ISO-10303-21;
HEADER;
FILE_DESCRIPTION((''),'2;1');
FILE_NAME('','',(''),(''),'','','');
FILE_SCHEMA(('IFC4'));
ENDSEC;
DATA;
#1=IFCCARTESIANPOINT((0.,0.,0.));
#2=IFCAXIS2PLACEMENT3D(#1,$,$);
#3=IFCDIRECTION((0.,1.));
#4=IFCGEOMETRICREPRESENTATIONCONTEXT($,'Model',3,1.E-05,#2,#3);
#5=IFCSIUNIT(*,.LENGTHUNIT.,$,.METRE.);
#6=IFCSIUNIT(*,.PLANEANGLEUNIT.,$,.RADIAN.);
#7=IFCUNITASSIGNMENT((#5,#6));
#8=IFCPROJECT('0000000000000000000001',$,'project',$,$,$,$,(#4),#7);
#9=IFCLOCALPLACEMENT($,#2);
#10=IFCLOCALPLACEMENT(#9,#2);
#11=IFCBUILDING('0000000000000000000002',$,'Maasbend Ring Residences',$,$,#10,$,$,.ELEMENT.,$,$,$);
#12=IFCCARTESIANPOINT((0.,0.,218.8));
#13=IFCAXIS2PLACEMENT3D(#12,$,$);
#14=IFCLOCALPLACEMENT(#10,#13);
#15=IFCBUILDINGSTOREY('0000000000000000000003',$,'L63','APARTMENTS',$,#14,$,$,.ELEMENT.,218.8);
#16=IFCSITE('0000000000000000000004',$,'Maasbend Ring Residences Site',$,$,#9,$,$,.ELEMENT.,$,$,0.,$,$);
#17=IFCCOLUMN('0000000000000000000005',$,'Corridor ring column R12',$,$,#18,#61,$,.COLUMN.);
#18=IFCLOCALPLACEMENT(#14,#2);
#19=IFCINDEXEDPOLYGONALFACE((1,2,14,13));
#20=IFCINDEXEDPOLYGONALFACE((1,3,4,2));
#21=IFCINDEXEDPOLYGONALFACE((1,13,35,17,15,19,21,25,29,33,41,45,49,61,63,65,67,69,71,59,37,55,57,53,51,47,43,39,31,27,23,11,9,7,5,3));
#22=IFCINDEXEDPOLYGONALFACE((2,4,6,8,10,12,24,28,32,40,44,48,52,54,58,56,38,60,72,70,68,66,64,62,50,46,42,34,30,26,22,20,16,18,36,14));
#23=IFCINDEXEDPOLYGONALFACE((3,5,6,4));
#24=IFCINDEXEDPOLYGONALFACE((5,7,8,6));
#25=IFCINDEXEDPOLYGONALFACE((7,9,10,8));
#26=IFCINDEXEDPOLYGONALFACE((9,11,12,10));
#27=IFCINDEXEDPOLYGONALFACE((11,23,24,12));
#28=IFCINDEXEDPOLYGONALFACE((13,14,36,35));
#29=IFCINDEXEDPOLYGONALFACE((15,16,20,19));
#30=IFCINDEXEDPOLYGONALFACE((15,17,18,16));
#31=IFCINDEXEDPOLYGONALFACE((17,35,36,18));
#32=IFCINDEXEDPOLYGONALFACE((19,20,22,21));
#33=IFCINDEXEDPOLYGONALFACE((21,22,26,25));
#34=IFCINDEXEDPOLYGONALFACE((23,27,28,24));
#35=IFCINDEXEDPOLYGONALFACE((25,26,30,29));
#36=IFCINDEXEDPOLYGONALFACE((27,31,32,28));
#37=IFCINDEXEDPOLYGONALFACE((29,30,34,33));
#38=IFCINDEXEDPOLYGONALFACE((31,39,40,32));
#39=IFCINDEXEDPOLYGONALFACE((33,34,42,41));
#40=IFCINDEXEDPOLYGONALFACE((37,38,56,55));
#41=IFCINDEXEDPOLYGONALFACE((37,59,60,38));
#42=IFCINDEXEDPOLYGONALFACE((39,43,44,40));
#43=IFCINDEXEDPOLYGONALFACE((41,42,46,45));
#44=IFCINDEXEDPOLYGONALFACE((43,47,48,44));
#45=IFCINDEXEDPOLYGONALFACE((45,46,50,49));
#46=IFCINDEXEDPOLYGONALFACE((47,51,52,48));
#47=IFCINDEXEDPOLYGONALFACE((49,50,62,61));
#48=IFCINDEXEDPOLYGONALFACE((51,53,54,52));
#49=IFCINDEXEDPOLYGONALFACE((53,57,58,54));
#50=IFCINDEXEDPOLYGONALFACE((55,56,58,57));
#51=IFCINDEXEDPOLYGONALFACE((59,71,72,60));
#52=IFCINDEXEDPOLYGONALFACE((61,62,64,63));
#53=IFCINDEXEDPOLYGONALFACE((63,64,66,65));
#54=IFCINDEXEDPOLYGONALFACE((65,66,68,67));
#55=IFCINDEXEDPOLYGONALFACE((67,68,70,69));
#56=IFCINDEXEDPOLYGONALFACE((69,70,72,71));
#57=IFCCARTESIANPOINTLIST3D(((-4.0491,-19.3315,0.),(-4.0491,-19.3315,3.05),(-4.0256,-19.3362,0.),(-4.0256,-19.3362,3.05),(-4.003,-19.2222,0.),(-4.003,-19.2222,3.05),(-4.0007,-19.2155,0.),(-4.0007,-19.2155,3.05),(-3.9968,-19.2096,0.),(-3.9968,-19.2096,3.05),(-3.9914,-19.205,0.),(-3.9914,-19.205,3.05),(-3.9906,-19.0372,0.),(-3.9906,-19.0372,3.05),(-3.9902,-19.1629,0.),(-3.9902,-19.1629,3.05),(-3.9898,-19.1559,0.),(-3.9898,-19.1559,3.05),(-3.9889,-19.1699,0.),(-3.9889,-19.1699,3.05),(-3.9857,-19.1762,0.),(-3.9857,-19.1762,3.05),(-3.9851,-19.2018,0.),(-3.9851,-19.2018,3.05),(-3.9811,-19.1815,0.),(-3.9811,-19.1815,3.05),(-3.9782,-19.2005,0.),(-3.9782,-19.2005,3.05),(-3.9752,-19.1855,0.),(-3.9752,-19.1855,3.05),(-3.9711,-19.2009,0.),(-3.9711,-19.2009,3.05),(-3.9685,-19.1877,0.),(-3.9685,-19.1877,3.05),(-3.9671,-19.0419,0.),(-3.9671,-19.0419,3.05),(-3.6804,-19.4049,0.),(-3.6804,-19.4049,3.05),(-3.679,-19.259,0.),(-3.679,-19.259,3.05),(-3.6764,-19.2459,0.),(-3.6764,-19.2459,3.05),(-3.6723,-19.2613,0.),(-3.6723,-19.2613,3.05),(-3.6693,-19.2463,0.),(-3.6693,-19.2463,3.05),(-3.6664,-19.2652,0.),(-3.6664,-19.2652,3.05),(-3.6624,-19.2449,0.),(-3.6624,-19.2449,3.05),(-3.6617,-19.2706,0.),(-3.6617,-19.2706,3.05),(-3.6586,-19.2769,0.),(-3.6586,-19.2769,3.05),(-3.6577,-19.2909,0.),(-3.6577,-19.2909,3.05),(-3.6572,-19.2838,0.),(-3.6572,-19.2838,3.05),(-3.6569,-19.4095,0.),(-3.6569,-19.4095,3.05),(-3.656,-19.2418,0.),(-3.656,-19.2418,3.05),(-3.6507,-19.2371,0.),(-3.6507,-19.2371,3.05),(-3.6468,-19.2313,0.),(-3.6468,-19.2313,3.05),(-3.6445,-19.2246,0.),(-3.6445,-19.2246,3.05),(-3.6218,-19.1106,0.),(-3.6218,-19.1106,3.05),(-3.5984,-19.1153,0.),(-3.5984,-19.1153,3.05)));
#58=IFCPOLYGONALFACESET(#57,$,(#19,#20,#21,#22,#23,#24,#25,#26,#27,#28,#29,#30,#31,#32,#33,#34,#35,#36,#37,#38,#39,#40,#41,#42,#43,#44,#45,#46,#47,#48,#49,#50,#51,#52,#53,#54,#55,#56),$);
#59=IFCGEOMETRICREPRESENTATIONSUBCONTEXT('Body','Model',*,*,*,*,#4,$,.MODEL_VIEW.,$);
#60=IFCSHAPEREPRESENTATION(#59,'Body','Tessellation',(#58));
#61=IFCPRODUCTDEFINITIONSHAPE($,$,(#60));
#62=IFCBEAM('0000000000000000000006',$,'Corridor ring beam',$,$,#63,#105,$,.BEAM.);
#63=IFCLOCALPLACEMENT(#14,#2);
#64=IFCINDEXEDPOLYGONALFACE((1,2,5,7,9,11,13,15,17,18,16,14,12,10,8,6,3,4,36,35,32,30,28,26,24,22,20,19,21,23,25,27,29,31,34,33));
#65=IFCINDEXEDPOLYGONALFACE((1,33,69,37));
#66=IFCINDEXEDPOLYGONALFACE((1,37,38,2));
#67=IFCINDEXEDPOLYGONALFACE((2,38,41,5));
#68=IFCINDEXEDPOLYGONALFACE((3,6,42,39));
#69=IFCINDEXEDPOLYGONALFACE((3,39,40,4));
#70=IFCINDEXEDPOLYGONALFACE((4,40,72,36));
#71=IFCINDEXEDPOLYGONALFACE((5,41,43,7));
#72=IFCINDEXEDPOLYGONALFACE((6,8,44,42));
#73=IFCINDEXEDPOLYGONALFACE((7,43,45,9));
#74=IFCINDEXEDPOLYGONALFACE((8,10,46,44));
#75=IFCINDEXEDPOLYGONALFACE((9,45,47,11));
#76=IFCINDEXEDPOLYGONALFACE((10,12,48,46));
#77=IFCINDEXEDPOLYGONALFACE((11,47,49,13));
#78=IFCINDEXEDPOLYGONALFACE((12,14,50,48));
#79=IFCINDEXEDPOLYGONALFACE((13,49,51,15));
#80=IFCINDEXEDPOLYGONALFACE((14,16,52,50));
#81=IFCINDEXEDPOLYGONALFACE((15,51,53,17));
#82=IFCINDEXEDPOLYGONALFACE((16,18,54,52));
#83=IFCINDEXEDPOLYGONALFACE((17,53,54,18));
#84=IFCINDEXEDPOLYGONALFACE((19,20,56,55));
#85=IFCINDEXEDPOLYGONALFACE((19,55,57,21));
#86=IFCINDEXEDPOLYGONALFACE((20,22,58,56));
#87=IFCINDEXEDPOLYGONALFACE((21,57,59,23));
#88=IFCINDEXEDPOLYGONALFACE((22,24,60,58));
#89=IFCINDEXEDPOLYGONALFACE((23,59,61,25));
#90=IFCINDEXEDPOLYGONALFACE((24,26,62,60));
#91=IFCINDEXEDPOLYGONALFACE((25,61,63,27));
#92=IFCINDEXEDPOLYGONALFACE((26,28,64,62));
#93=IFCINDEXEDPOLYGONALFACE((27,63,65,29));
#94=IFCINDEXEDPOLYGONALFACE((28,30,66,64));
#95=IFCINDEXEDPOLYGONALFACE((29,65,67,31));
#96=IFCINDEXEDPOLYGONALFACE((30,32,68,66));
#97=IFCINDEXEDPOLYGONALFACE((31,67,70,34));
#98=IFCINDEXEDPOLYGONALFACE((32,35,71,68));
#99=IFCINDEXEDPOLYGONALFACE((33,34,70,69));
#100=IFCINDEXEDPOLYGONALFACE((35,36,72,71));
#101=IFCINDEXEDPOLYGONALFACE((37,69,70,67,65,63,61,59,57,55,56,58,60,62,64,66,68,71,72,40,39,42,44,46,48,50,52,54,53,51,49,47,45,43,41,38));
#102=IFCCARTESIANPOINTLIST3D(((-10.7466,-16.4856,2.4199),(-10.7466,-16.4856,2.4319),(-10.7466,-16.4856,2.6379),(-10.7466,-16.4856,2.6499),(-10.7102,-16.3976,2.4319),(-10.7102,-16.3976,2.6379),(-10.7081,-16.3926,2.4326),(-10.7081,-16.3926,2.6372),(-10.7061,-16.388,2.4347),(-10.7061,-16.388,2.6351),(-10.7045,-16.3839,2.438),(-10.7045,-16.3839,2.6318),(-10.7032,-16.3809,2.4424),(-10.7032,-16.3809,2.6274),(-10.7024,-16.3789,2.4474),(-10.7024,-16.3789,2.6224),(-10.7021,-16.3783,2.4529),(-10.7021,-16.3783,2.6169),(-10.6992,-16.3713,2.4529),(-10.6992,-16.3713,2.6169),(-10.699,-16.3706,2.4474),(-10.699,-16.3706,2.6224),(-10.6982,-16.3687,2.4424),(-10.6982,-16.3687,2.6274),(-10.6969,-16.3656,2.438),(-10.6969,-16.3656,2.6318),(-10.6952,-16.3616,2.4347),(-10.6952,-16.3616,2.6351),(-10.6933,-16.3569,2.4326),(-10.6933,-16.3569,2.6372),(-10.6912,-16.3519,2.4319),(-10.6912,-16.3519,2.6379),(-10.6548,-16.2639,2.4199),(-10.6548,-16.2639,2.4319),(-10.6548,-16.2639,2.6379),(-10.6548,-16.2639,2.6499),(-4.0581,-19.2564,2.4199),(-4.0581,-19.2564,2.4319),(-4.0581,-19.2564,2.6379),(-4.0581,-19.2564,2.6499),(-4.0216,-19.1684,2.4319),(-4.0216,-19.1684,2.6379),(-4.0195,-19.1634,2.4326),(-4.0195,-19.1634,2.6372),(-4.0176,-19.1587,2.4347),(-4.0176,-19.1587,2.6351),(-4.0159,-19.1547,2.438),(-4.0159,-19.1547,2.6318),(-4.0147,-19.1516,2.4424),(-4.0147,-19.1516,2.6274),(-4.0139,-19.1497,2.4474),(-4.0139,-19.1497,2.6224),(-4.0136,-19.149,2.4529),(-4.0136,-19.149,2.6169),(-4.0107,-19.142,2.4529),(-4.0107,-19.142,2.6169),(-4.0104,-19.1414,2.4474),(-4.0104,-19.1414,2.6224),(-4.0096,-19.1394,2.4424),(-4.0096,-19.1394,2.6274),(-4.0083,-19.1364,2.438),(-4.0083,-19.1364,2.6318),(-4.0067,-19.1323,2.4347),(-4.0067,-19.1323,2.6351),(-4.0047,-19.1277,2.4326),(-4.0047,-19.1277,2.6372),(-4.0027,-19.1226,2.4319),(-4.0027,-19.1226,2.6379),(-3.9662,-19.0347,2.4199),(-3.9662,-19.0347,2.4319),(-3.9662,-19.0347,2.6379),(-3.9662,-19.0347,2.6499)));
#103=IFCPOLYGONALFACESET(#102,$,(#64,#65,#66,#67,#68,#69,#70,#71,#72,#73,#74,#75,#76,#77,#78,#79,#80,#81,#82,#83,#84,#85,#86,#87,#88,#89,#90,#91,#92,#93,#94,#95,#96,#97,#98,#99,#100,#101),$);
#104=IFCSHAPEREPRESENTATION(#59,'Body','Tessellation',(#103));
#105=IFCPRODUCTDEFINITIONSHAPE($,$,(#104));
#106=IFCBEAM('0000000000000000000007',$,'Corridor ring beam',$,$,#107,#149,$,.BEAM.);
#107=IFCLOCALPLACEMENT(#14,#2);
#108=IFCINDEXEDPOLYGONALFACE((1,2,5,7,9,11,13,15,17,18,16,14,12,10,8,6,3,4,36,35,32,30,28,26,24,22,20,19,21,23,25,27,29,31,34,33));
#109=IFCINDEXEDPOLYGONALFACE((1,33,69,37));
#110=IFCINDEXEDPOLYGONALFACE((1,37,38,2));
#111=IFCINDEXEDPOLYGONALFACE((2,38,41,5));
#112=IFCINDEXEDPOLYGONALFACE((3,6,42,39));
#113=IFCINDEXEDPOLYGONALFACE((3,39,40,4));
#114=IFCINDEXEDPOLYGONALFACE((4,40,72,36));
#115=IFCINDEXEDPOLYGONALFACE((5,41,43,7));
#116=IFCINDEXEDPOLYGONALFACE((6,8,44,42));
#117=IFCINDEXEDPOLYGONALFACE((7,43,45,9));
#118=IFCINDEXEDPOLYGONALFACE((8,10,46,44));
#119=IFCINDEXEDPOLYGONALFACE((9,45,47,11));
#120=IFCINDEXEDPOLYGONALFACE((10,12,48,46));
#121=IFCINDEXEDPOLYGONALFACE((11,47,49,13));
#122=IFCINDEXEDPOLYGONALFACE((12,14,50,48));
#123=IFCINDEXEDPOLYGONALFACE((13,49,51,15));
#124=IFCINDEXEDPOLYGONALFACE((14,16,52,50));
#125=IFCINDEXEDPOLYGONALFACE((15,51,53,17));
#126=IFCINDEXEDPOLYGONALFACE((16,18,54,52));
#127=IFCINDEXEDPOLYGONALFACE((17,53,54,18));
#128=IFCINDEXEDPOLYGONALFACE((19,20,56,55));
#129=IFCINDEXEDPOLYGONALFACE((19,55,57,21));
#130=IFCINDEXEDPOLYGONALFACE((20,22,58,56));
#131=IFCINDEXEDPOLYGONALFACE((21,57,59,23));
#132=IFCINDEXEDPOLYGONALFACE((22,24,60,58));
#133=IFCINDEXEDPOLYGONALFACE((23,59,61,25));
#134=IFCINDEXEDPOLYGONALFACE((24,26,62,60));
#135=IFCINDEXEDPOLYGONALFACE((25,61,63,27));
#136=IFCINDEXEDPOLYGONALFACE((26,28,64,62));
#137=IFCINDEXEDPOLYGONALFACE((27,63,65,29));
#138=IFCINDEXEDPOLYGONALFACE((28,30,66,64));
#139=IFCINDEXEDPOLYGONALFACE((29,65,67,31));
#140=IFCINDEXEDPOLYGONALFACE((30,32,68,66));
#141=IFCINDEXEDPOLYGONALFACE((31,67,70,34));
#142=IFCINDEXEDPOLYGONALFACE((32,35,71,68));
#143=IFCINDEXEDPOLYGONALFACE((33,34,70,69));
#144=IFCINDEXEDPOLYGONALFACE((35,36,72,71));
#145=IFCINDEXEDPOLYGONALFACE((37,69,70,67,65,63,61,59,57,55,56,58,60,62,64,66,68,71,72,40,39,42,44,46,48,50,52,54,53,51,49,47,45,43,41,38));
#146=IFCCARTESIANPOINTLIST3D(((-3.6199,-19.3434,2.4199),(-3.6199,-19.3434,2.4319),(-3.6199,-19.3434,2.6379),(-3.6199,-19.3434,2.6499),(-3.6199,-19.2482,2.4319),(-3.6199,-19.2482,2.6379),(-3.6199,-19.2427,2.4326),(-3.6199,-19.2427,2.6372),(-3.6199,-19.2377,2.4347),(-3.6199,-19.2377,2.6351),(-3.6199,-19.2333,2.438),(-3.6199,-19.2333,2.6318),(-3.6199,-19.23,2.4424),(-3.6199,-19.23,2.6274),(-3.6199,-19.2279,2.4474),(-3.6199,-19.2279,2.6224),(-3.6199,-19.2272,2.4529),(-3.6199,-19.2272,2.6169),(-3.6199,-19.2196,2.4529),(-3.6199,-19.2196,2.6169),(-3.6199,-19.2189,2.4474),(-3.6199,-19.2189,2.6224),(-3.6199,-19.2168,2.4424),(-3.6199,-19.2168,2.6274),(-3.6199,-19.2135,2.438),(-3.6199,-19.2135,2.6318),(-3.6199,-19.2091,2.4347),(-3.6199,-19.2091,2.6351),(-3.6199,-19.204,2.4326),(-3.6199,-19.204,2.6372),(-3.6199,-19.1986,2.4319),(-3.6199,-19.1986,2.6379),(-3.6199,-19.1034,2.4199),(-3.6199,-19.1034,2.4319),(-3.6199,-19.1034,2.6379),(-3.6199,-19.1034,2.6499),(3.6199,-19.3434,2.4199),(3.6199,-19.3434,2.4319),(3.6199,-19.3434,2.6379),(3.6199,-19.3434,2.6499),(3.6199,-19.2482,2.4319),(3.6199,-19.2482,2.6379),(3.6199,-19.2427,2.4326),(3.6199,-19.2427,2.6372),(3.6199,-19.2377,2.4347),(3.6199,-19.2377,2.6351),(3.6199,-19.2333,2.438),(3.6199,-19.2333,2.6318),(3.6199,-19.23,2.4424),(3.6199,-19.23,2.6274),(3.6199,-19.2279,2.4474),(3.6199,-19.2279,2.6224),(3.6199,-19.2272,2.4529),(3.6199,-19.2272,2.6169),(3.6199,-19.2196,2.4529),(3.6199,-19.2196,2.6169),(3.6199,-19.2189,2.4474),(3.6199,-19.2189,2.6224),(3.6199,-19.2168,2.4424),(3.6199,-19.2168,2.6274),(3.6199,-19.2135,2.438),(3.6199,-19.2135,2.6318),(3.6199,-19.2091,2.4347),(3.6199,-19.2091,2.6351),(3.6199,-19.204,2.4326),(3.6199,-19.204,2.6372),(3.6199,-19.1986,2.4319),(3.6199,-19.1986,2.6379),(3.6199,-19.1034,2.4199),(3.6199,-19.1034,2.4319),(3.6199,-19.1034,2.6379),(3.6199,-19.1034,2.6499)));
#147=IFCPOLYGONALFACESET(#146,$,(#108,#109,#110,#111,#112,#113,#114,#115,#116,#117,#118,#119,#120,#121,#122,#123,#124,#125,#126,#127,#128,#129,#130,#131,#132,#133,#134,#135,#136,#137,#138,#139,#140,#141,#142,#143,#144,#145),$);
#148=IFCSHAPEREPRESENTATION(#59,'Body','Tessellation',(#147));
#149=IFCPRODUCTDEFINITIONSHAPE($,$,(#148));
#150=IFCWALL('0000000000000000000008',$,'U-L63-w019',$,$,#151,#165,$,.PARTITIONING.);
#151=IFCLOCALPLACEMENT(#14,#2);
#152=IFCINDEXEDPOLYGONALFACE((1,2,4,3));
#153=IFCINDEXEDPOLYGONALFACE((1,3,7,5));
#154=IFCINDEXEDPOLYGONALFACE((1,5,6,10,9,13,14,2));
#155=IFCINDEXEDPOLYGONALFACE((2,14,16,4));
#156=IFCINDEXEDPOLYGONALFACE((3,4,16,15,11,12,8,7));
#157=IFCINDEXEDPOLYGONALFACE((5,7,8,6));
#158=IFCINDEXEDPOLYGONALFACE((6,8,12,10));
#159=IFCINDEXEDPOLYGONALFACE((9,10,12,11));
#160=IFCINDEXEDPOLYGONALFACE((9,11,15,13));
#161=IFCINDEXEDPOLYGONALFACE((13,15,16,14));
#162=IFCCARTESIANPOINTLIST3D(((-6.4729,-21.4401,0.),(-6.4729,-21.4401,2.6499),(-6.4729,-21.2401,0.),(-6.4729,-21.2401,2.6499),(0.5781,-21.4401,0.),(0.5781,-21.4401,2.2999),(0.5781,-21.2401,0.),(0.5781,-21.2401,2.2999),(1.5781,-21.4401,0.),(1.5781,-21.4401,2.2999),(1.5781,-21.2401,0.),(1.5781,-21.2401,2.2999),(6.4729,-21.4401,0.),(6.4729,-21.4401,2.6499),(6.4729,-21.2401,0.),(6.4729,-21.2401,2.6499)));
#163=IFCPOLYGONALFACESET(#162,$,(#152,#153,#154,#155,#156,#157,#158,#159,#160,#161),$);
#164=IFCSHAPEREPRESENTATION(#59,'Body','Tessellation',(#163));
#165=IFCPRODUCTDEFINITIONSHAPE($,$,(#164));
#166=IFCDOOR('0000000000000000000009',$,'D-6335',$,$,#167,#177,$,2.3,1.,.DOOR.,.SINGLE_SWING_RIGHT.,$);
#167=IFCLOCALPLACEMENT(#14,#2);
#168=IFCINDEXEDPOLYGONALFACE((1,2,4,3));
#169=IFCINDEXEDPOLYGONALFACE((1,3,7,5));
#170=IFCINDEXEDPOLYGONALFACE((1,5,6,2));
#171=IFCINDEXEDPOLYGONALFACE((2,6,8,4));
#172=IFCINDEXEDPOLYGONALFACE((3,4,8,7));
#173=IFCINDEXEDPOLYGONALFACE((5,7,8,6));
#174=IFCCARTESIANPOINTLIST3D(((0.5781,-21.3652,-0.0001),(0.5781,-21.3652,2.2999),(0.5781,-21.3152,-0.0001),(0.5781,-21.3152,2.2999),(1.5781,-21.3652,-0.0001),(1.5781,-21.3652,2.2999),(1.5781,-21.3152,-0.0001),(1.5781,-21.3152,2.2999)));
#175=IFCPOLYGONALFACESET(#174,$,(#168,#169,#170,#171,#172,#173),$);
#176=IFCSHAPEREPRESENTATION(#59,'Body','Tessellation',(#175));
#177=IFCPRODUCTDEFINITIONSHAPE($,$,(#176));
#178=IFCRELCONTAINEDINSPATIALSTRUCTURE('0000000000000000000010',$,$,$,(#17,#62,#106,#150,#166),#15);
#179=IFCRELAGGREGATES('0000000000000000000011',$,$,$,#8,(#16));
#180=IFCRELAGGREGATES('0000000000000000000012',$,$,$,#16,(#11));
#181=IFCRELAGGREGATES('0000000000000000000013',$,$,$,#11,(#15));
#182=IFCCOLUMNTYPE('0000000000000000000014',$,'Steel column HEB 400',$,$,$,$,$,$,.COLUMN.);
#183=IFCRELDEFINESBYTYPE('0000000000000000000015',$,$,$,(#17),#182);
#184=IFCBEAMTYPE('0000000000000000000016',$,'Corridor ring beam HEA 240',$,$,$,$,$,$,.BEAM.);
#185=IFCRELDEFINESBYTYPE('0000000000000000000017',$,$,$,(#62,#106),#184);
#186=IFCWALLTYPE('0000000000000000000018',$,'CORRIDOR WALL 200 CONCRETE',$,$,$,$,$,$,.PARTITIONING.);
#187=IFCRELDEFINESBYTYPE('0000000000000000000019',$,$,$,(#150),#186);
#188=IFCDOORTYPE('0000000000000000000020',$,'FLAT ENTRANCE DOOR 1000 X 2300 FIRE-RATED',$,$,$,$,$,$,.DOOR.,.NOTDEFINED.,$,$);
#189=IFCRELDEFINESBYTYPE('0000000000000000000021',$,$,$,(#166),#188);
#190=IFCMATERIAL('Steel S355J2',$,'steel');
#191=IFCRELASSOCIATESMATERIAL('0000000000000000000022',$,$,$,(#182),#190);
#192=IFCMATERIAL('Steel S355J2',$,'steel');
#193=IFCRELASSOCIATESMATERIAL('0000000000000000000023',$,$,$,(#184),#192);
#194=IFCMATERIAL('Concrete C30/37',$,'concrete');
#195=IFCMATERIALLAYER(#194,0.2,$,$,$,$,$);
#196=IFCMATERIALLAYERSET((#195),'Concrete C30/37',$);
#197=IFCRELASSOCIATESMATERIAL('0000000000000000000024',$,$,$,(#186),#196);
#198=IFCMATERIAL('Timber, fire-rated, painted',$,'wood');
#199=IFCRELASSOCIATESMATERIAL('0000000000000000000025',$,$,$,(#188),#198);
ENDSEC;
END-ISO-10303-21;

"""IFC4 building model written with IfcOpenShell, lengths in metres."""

from ifc_helpers import new_model, si_unit, direction, frame, frame_2d, origin, origin_2d, place, context, subcontext, project, spatial, rectangle, i_section, extrude, material, layer, layer_set, material_profile, profile_set, type_object, element, fill, save


model = new_model("IFC4")

# Units and contexts
model_context = context("Model", 3, precision=1e-05, world=origin(), true_north=direction((0.0, 1.0)))
body_context = subcontext(model_context, "Body", "Model", "MODEL_VIEW")
ifc_project = project(units=[si_unit("LENGTHUNIT", "METRE"), si_unit("PLANEANGLEUNIT", "RADIAN")], contexts=[model_context])

# Site, building, storey
site_placement = place(None, origin())
site = spatial("IfcSite", under=ifc_project, at=site_placement, Name="Maasbend Ring Residences Site", CompositionType="ELEMENT", RefElevation=0.0)
building_placement = place(site_placement, origin())
building = spatial("IfcBuilding", under=site, at=building_placement, Name="Maasbend Ring Residences", CompositionType="ELEMENT")
storey_placement = place(building_placement, frame((0.0, 0.0, 218.8)))
storey = spatial("IfcBuildingStorey", under=building, at=storey_placement, Name="L63", Description="APARTMENTS", CompositionType="ELEMENT", Elevation=218.8)

# Column
ifc_material_1 = material(Name="Steel S355J2", Category="steel")
ifc_material_profile_1 = material_profile(ifc_material_1, i_section(OverallWidth=0.3, OverallDepth=0.3999, WebThickness=0.0134, FlangeThickness=0.0239, FilletRadius=0.0271, at=origin_2d()), Name="HEB 400")
ifc_profile_set_1 = profile_set([ifc_material_profile_1], Name="Steel S355J2")
column_type = type_object("IfcColumnType", Name="Steel column HEB 400", PredefinedType="COLUMN", material=ifc_profile_set_1)
column_placement = place(storey_placement, frame((-3.8237, -19.2234, 0.0), z_axis=(0.0, 0.0, 1.0), x_axis=(-0.19509, -0.980785, 0.0)))
element("IfcColumn", 1, at=column_placement, inside=storey, type_object=column_type, Name="Corridor ring column R12", PredefinedType="COLUMN", context=body_context, shape_type="SweptSolid", body=[
    extrude(i_section(OverallWidth=0.3, OverallDepth=0.3999, WebThickness=0.0134, FlangeThickness=0.0239, FilletRadius=0.0271, at=origin_2d()), origin(), (0.0, 0.0, 1.0), 3.05),
])

# Beams
ifc_material_2 = material(Name="Steel S355J2", Category="steel")
ifc_material_profile_2 = material_profile(ifc_material_2, i_section(OverallWidth=0.24, OverallDepth=0.23, WebThickness=0.0076, FlangeThickness=0.012, FilletRadius=0.021, at=origin_2d()), Name="HEA 240")
ifc_profile_set_2 = profile_set([ifc_material_profile_2], Name="Steel S355J2")
beam_type = type_object("IfcBeamType", Name="Corridor ring beam HEA 240", PredefinedType="BEAM", material=ifc_profile_set_2)
for number, where, z_axis, x_axis, name in (
    (2, (-10.7007, -16.3748, 2.5349), (0.923865, -0.382718, 0.0), (0.382718, 0.923865, 0.0), "Corridor ring beam"),
    (3, (-3.6199, -19.2234, 2.5349), (1.0, 0.0, 0.0), (0.0, 1.0, 0.0), "Corridor ring beam"),
):
    element("IfcBeam", number, at=place(storey_placement, frame(where, z_axis=z_axis, x_axis=x_axis)), inside=storey, type_object=beam_type, Name=name, PredefinedType="BEAM", context=body_context, shape_type="SweptSolid", body=[
        extrude(i_section(OverallWidth=0.24, OverallDepth=0.23, WebThickness=0.0076, FlangeThickness=0.012, FilletRadius=0.021, at=origin_2d()), origin(), (0.0, 0.0, 1.0), 7.2397),
    ])

# Wall, opening, door
ifc_material_3 = material(Name="Concrete C30/37", Category="concrete")
ifc_layer_1 = layer(ifc_material_3, 0.2)
ifc_layer_set_1 = layer_set([ifc_layer_1], Name="Concrete C30/37")
wall_type_1 = type_object("IfcWallType", Name="CORRIDOR WALL 200 CONCRETE", PredefinedType="PARTITIONING", material=ifc_layer_set_1)
wall_1_placement = place(storey_placement, frame((-6.4729, -21.3401, 0.0), z_axis=(0.0, 0.0, 1.0), x_axis=(1.0, 0.0, 0.0)))
wall_1 = element("IfcWall", 4, at=wall_1_placement, inside=storey, type_object=wall_type_1, Name="U-L63-w019", PredefinedType="PARTITIONING", context=body_context, shape_type="SweptSolid", body=[
    extrude(rectangle(XDim=12.9458, YDim=0.2, at=frame_2d((6.4729, 0.0))), origin(), (0.0, 0.0, 1.0), 2.6499),
])
opening_1_placement = place(wall_1_placement, frame((7.051, 0.0, 0.0)))
opening_1 = element("IfcOpeningElement", 5, at=opening_1_placement, cuts=wall_1, PredefinedType="OPENING", context=body_context, shape_type="SweptSolid", body=[
    extrude(rectangle(XDim=1.0, YDim=2.3, at=frame_2d((0.5, 1.1499))), frame((0.0, 0.1099, 0.0), z_axis=(0.0, -1.0, 0.0), x_axis=(1.0, 0.0, 0.0)), (0.0, 0.0, 1.0), 0.22),
])
ifc_material_4 = material(Name="Timber, fire-rated, painted", Category="wood")
door_type_1 = type_object("IfcDoorType", Name="FLAT ENTRANCE DOOR 1000 X 2300 FIRE-RATED", OperationType="NOTDEFINED", PredefinedType="DOOR", material=ifc_material_4)
door_1_placement = place(opening_1_placement, origin())
door_1 = element("IfcDoor", 6, at=door_1_placement, inside=storey, type_object=door_type_1, Name="D-6335", OperationType="SINGLE_SWING_RIGHT", OverallHeight=2.3, OverallWidth=1.0, PredefinedType="DOOR", context=body_context, shape_type="SweptSolid", body=[
    extrude(rectangle(XDim=1.0, YDim=2.3, at=frame_2d((0.5, 1.1499))), frame((0.0, 0.0249, 0.0), z_axis=(0.0, -1.0, 0.0), x_axis=(1.0, 0.0, 0.0)), (0.0, 0.0, 1.0), 0.05),
])
fill(opening_1, door_1)

save(model, "model.ifc")
